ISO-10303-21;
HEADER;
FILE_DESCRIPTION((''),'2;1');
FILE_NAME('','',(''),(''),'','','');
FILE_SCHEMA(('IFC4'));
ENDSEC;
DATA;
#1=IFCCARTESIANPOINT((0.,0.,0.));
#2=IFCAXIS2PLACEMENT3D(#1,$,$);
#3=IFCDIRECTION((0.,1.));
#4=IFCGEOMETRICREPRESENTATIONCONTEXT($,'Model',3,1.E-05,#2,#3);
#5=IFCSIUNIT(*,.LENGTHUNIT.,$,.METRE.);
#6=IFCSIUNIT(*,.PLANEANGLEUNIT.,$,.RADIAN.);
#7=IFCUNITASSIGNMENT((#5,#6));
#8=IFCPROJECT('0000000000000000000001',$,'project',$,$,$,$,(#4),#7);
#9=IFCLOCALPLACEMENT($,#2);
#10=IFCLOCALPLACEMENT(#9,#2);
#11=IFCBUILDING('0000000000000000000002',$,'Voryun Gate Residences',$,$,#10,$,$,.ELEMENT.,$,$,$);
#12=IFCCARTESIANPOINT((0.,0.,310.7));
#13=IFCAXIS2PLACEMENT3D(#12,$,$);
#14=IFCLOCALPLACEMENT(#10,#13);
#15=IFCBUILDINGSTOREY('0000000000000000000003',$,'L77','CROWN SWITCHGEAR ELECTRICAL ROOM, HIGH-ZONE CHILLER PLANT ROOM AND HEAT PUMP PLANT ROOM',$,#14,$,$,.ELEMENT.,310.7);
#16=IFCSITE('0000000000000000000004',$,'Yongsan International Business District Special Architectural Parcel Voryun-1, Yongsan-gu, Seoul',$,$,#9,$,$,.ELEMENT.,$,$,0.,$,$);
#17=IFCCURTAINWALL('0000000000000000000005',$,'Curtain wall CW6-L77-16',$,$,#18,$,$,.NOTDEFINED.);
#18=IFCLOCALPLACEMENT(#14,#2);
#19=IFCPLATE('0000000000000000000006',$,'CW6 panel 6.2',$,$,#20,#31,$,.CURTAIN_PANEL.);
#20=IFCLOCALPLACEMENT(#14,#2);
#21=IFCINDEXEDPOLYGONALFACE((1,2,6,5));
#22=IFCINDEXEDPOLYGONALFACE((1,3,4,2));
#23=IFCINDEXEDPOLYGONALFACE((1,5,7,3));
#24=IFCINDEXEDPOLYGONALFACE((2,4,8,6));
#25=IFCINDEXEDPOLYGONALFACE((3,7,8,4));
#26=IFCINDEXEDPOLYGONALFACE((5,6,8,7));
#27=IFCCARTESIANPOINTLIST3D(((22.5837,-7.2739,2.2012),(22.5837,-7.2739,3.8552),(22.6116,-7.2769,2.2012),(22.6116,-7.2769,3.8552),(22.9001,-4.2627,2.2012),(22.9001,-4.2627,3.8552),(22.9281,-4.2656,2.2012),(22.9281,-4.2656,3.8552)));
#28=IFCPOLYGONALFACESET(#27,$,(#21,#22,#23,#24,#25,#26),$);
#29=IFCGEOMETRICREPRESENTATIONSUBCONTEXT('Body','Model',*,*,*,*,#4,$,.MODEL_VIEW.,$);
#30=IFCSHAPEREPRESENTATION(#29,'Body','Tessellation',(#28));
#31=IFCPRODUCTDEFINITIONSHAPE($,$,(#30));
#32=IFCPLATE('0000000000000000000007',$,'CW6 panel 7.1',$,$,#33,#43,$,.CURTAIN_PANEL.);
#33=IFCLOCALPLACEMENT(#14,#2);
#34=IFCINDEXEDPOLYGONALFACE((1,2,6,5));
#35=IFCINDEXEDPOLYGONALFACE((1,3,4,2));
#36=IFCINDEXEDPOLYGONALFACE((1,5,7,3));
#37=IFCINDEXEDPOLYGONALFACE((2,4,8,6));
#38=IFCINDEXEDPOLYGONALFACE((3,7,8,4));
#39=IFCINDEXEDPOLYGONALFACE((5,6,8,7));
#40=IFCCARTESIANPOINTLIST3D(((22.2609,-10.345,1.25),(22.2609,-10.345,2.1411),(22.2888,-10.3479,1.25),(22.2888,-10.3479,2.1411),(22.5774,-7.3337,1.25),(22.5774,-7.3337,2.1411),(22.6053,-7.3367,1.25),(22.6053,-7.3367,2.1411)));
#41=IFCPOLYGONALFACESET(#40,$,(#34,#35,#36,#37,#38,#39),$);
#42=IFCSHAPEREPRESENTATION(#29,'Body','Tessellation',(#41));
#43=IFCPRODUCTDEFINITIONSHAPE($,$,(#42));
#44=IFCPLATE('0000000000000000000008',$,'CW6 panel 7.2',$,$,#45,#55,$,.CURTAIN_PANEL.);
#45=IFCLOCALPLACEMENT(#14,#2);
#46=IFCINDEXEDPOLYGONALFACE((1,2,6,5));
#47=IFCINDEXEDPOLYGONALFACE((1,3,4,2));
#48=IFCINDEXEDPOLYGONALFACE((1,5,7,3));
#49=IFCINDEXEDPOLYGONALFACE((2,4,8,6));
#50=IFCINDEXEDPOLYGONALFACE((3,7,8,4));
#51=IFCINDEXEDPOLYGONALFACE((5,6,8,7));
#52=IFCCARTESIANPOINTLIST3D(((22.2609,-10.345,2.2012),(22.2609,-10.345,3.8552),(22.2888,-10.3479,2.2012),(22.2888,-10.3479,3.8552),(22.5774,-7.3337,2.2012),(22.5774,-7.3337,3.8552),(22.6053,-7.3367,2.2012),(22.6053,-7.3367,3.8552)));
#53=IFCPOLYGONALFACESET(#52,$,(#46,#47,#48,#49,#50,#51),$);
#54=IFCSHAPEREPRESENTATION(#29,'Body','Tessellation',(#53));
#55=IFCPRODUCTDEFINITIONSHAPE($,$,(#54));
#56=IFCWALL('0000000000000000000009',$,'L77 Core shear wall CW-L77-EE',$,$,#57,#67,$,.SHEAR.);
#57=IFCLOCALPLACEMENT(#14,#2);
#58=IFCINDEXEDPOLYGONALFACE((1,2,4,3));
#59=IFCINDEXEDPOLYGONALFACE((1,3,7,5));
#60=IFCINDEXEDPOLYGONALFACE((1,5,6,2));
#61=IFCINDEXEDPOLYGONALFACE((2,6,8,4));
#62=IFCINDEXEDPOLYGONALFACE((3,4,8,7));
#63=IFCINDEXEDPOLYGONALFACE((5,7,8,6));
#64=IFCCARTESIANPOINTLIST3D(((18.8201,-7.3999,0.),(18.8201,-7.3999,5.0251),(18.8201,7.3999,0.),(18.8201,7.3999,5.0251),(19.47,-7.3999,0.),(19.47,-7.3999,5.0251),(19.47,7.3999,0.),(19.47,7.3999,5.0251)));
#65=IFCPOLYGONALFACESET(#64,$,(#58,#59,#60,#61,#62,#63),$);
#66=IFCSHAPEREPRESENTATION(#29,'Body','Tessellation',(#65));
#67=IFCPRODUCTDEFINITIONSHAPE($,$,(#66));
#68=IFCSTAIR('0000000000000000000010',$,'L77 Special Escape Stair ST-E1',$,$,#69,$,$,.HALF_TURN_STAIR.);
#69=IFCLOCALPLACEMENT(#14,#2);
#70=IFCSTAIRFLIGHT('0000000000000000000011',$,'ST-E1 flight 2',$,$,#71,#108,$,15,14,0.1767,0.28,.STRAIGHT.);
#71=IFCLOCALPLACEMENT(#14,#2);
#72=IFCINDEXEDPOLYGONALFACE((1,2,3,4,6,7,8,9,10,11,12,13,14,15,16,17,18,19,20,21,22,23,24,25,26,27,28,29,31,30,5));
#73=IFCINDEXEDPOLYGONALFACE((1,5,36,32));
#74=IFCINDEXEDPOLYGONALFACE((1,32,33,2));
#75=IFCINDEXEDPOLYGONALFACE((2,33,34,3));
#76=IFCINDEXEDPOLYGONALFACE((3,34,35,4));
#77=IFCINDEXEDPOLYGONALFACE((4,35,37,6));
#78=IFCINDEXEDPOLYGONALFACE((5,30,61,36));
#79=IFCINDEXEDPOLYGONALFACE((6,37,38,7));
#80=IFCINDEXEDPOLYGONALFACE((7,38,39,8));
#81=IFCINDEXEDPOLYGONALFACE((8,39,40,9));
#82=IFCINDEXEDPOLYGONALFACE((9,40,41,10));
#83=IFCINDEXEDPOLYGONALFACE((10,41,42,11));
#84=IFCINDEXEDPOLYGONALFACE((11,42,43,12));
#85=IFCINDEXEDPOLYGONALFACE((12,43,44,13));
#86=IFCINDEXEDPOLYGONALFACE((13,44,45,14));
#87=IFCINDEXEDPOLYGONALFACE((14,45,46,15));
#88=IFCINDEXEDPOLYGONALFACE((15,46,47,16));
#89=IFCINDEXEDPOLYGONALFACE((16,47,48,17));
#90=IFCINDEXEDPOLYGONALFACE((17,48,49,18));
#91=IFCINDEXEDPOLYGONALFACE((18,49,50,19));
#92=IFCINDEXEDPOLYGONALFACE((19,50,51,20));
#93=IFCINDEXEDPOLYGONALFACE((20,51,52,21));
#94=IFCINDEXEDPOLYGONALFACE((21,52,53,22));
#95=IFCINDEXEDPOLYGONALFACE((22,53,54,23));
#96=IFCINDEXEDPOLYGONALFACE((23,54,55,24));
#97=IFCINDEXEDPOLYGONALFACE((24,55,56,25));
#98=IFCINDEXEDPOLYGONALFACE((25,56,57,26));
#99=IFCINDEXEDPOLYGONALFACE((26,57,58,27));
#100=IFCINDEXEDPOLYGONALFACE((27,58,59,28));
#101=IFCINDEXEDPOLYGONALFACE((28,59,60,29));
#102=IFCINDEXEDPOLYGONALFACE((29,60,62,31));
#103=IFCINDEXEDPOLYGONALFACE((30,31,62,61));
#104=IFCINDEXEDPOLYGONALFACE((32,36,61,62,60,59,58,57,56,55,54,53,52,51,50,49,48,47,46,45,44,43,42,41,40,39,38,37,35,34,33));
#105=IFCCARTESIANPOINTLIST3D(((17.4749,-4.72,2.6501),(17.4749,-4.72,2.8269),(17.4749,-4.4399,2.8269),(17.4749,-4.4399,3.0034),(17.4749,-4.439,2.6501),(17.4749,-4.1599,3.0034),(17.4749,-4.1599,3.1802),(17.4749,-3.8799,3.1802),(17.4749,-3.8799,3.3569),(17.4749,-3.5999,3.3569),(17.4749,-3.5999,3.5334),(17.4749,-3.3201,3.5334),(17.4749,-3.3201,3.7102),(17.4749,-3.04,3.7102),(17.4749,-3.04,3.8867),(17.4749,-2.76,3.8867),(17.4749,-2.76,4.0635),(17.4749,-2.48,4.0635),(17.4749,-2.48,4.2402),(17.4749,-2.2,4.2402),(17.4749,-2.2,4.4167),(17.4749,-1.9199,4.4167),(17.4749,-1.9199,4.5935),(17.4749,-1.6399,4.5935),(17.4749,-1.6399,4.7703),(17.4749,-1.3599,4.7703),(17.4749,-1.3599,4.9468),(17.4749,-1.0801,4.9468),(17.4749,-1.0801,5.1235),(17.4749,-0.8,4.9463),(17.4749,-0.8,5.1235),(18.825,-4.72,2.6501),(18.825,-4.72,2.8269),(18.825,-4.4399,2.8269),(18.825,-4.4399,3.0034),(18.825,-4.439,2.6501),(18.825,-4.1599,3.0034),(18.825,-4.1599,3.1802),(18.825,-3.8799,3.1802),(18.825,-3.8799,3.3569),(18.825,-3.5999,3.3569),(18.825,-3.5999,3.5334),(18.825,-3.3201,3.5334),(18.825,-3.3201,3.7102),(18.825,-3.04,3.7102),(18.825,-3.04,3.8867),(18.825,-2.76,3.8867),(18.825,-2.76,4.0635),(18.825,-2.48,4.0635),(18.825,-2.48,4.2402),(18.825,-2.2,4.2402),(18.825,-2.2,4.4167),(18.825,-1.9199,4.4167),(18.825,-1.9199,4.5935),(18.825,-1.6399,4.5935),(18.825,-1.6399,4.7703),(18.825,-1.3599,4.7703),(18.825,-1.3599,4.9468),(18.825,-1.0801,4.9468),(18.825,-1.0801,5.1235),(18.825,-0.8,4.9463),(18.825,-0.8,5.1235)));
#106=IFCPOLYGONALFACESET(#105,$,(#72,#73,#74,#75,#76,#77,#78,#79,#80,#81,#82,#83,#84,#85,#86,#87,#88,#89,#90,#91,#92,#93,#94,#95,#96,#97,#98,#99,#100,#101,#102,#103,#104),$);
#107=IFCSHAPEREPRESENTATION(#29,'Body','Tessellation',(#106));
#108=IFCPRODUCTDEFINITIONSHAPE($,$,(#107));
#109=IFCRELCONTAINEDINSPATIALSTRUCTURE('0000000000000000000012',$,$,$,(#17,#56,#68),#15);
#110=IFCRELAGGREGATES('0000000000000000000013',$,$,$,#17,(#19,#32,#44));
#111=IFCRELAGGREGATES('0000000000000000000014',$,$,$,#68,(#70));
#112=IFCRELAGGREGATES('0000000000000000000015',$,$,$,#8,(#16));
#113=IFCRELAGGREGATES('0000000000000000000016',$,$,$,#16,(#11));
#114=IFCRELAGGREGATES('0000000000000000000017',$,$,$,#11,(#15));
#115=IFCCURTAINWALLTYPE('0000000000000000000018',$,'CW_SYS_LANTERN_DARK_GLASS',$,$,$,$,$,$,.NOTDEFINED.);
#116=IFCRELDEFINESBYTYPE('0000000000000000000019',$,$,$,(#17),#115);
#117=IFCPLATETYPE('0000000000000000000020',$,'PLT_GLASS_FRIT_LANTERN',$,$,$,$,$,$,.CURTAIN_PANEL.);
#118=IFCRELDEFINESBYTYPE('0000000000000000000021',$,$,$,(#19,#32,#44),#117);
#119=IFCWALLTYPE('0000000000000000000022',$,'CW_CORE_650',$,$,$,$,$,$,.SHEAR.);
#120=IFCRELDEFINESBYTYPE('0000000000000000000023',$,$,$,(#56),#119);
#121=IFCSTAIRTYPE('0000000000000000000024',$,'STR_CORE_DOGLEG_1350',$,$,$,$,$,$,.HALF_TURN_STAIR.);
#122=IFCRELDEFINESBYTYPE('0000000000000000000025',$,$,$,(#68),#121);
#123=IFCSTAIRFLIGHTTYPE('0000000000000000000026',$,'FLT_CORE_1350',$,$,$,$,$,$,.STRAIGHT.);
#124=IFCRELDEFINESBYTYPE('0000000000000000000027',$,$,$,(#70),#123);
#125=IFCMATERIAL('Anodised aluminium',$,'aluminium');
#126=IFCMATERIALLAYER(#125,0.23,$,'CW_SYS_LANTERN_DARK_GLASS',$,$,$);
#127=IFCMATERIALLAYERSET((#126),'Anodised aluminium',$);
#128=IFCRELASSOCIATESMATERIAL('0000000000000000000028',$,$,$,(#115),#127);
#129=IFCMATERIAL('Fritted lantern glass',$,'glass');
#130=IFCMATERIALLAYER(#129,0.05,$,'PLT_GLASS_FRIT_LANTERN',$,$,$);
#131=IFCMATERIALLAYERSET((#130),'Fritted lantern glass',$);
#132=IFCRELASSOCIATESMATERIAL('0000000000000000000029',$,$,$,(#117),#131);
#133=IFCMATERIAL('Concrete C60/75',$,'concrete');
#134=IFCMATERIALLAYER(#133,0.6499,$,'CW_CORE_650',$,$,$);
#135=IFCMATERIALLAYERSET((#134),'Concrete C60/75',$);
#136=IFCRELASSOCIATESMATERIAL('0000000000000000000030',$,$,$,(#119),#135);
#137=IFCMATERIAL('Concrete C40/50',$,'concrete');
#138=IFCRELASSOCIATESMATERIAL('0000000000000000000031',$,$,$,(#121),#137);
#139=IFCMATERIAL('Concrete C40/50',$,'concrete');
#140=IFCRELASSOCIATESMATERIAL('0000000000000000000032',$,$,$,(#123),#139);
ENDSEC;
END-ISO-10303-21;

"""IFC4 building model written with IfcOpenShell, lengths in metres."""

from ifc_helpers import new_model, si_unit, direction, frame, frame_2d, origin, origin_2d, place, context, subcontext, project, spatial, polyline, rectangle, outline, extrude, material, layer, layer_set, type_object, element, aggregate, save


model = new_model("IFC4")

# Units and contexts
model_context = context("Model", 3, precision=1e-05, world=origin(), true_north=direction((0.0, 1.0)))
body_context = subcontext(model_context, "Body", "Model", "MODEL_VIEW")
ifc_project = project(units=[si_unit("LENGTHUNIT", "METRE"), si_unit("PLANEANGLEUNIT", "RADIAN")], contexts=[model_context])

# Site, building, storey
site_placement = place(None, origin())
site = spatial("IfcSite", under=ifc_project, at=site_placement, Name="Yongsan International Business District Special Architectural Parcel Voryun-1, Yongsan-gu, Seoul", CompositionType="ELEMENT", RefElevation=0.0)
building_placement = place(site_placement, origin())
building = spatial("IfcBuilding", under=site, at=building_placement, Name="Voryun Gate Residences", CompositionType="ELEMENT")
storey_placement = place(building_placement, frame((0.0, 0.0, 310.7)))
storey = spatial("IfcBuildingStorey", under=building, at=storey_placement, Name="L77", Description="CROWN SWITCHGEAR ELECTRICAL ROOM, HIGH-ZONE CHILLER PLANT ROOM AND HEAT PUMP PLANT ROOM", CompositionType="ELEMENT", Elevation=310.7)

# Curtain wall
ifc_material_1 = material(Name="Anodised aluminium", Category="aluminium")
ifc_layer_1 = layer(ifc_material_1, 0.23, Name="CW_SYS_LANTERN_DARK_GLASS")
ifc_layer_set_1 = layer_set([ifc_layer_1], Name="Anodised aluminium")
curtain_wall_type = type_object("IfcCurtainWallType", Name="CW_SYS_LANTERN_DARK_GLASS", PredefinedType="NOTDEFINED", material=ifc_layer_set_1)
curtain_wall_placement = place(storey_placement, origin())
curtain_wall = element("IfcCurtainWall", 1, at=curtain_wall_placement, inside=storey, type_object=curtain_wall_type, Name="Curtain wall CW6-L77-16", PredefinedType="NOTDEFINED")

# Plates
ifc_material_2 = material(Name="Fritted lantern glass", Category="glass")
ifc_layer_2 = layer(ifc_material_2, 0.05, Name="PLT_GLASS_FRIT_LANTERN")
ifc_layer_set_2 = layer_set([ifc_layer_2], Name="Fritted lantern glass")
plate_type_1 = type_object("IfcPlateType", Name="PLT_GLASS_FRIT_LANTERN", PredefinedType="CURTAIN_PANEL", material=ifc_layer_set_2)
plate_1_placement = place(storey_placement, frame((22.7559, -5.7698, 2.2012), z_axis=(0.0, 0.0, 1.0), x_axis=(-0.104528, -0.994522, 0.0)))
plate_1 = element("IfcPlate", 2, at=plate_1_placement, type_object=plate_type_1, Name="CW6 panel 6.2", PredefinedType="CURTAIN_PANEL", context=body_context, shape_type="SweptSolid", body=[
    extrude(rectangle(XDim=3.0278, YDim=0.0281, at=origin_2d()), origin(), (0.0, 0.0, 1.0), 1.6541),
])
plate_2_placement = place(storey_placement, frame((22.4331, -8.8408, 1.25), z_axis=(0.0, 0.0, 1.0), x_axis=(-0.104528, -0.994522, 0.0)))
plate_2 = element("IfcPlate", 3, at=plate_2_placement, type_object=plate_type_1, Name="CW6 panel 7.1", PredefinedType="CURTAIN_PANEL", context=body_context, shape_type="SweptSolid", body=[
    extrude(rectangle(XDim=3.0278, YDim=0.0281, at=origin_2d()), origin(), (0.0, 0.0, 1.0), 0.8911),
])
plate_3_placement = place(storey_placement, frame((22.4331, -8.8408, 2.2012), z_axis=(0.0, 0.0, 1.0), x_axis=(-0.104528, -0.994522, 0.0)))
plate_3 = element("IfcPlate", 4, at=plate_3_placement, type_object=plate_type_1, Name="CW6 panel 7.2", PredefinedType="CURTAIN_PANEL", context=body_context, shape_type="SweptSolid", body=[
    extrude(rectangle(XDim=3.0278, YDim=0.0281, at=origin_2d()), origin(), (0.0, 0.0, 1.0), 1.6541),
])
aggregate(curtain_wall, [plate_1, plate_2, plate_3])

# Wall
ifc_material_3 = material(Name="Concrete C60/75", Category="concrete")
ifc_layer_3 = layer(ifc_material_3, 0.6499, Name="CW_CORE_650")
ifc_layer_set_3 = layer_set([ifc_layer_3], Name="Concrete C60/75")
wall_type = type_object("IfcWallType", Name="CW_CORE_650", PredefinedType="SHEAR", material=ifc_layer_set_3)
wall_placement = place(storey_placement, frame((19.145, -7.3999, 0.0), z_axis=(0.0, 0.0, 1.0), x_axis=(0.0, 1.0, 0.0)))
element("IfcWall", 5, at=wall_placement, inside=storey, type_object=wall_type, Name="L77 Core shear wall CW-L77-EE", PredefinedType="SHEAR", context=body_context, shape_type="SweptSolid", body=[
    extrude(rectangle(XDim=14.7998, YDim=0.6499, at=frame_2d((7.3999, 0.0))), origin(), (0.0, 0.0, 1.0), 5.0251),
])

# Stair, stair flight
ifc_material_4 = material(Name="Concrete C40/50", Category="concrete")
stair_type = type_object("IfcStairType", Name="STR_CORE_DOGLEG_1350", PredefinedType="HALF_TURN_STAIR", material=ifc_material_4)
stair_placement = place(storey_placement, origin())
stair = element("IfcStair", 6, at=stair_placement, inside=storey, type_object=stair_type, Name="L77 Special Escape Stair ST-E1", PredefinedType="HALF_TURN_STAIR")
ifc_material_5 = material(Name="Concrete C40/50", Category="concrete")
stair_flight_type = type_object("IfcStairFlightType", Name="FLT_CORE_1350", PredefinedType="STRAIGHT", material=ifc_material_5)
stair_flight_placement = place(storey_placement, frame((18.1499, -4.72, 2.6501), z_axis=(0.0, 0.0, 1.0), x_axis=(0.0, 1.0, 0.0)))
stair_flight = element("IfcStairFlight", 7, at=stair_flight_placement, type_object=stair_flight_type, Name="ST-E1 flight 2", NumberOfRisers=15, NumberOfTreads=14, PredefinedType="STRAIGHT", RiserHeight=0.1767, TreadLength=0.28, context=body_context, shape_type="SweptSolid", body=[
    extrude(outline(polyline([(0.0, 0.0), (0.0, 0.1768), (0.28, 0.1768), (0.28, 0.3533), (0.5601, 0.3533), (0.5601, 0.53), (0.8401, 0.53), (0.8401, 0.7068), (1.1201, 0.7068), (1.1201, 0.8833), (1.3999, 0.8833), (1.3999, 1.0601), (1.6799, 1.0601), (1.6799, 1.2366), (1.96, 1.2366), (1.96, 1.4133), (2.24, 1.4133), (2.24, 1.5901), (2.52, 1.5901), (2.52, 1.7666), (2.8, 1.7666), (2.8, 1.9434), (3.0801, 1.9434), (3.0801, 2.1201), (3.3601, 2.1201), (3.3601, 2.2966), (3.6399, 2.2966), (3.6399, 2.4734), (3.9199, 2.4734), (3.9199, 2.6499), (3.9199, 2.2961), (0.281, 0.0), (0.0, 0.0)])), frame((0.0, 0.675, 0.0), z_axis=(0.0, -1.0, 0.0), x_axis=(1.0, 0.0, 0.0)), (0.0, 0.0, 1.0), 1.3501),
])
aggregate(stair, [stair_flight])

save(model, "model.ifc")
